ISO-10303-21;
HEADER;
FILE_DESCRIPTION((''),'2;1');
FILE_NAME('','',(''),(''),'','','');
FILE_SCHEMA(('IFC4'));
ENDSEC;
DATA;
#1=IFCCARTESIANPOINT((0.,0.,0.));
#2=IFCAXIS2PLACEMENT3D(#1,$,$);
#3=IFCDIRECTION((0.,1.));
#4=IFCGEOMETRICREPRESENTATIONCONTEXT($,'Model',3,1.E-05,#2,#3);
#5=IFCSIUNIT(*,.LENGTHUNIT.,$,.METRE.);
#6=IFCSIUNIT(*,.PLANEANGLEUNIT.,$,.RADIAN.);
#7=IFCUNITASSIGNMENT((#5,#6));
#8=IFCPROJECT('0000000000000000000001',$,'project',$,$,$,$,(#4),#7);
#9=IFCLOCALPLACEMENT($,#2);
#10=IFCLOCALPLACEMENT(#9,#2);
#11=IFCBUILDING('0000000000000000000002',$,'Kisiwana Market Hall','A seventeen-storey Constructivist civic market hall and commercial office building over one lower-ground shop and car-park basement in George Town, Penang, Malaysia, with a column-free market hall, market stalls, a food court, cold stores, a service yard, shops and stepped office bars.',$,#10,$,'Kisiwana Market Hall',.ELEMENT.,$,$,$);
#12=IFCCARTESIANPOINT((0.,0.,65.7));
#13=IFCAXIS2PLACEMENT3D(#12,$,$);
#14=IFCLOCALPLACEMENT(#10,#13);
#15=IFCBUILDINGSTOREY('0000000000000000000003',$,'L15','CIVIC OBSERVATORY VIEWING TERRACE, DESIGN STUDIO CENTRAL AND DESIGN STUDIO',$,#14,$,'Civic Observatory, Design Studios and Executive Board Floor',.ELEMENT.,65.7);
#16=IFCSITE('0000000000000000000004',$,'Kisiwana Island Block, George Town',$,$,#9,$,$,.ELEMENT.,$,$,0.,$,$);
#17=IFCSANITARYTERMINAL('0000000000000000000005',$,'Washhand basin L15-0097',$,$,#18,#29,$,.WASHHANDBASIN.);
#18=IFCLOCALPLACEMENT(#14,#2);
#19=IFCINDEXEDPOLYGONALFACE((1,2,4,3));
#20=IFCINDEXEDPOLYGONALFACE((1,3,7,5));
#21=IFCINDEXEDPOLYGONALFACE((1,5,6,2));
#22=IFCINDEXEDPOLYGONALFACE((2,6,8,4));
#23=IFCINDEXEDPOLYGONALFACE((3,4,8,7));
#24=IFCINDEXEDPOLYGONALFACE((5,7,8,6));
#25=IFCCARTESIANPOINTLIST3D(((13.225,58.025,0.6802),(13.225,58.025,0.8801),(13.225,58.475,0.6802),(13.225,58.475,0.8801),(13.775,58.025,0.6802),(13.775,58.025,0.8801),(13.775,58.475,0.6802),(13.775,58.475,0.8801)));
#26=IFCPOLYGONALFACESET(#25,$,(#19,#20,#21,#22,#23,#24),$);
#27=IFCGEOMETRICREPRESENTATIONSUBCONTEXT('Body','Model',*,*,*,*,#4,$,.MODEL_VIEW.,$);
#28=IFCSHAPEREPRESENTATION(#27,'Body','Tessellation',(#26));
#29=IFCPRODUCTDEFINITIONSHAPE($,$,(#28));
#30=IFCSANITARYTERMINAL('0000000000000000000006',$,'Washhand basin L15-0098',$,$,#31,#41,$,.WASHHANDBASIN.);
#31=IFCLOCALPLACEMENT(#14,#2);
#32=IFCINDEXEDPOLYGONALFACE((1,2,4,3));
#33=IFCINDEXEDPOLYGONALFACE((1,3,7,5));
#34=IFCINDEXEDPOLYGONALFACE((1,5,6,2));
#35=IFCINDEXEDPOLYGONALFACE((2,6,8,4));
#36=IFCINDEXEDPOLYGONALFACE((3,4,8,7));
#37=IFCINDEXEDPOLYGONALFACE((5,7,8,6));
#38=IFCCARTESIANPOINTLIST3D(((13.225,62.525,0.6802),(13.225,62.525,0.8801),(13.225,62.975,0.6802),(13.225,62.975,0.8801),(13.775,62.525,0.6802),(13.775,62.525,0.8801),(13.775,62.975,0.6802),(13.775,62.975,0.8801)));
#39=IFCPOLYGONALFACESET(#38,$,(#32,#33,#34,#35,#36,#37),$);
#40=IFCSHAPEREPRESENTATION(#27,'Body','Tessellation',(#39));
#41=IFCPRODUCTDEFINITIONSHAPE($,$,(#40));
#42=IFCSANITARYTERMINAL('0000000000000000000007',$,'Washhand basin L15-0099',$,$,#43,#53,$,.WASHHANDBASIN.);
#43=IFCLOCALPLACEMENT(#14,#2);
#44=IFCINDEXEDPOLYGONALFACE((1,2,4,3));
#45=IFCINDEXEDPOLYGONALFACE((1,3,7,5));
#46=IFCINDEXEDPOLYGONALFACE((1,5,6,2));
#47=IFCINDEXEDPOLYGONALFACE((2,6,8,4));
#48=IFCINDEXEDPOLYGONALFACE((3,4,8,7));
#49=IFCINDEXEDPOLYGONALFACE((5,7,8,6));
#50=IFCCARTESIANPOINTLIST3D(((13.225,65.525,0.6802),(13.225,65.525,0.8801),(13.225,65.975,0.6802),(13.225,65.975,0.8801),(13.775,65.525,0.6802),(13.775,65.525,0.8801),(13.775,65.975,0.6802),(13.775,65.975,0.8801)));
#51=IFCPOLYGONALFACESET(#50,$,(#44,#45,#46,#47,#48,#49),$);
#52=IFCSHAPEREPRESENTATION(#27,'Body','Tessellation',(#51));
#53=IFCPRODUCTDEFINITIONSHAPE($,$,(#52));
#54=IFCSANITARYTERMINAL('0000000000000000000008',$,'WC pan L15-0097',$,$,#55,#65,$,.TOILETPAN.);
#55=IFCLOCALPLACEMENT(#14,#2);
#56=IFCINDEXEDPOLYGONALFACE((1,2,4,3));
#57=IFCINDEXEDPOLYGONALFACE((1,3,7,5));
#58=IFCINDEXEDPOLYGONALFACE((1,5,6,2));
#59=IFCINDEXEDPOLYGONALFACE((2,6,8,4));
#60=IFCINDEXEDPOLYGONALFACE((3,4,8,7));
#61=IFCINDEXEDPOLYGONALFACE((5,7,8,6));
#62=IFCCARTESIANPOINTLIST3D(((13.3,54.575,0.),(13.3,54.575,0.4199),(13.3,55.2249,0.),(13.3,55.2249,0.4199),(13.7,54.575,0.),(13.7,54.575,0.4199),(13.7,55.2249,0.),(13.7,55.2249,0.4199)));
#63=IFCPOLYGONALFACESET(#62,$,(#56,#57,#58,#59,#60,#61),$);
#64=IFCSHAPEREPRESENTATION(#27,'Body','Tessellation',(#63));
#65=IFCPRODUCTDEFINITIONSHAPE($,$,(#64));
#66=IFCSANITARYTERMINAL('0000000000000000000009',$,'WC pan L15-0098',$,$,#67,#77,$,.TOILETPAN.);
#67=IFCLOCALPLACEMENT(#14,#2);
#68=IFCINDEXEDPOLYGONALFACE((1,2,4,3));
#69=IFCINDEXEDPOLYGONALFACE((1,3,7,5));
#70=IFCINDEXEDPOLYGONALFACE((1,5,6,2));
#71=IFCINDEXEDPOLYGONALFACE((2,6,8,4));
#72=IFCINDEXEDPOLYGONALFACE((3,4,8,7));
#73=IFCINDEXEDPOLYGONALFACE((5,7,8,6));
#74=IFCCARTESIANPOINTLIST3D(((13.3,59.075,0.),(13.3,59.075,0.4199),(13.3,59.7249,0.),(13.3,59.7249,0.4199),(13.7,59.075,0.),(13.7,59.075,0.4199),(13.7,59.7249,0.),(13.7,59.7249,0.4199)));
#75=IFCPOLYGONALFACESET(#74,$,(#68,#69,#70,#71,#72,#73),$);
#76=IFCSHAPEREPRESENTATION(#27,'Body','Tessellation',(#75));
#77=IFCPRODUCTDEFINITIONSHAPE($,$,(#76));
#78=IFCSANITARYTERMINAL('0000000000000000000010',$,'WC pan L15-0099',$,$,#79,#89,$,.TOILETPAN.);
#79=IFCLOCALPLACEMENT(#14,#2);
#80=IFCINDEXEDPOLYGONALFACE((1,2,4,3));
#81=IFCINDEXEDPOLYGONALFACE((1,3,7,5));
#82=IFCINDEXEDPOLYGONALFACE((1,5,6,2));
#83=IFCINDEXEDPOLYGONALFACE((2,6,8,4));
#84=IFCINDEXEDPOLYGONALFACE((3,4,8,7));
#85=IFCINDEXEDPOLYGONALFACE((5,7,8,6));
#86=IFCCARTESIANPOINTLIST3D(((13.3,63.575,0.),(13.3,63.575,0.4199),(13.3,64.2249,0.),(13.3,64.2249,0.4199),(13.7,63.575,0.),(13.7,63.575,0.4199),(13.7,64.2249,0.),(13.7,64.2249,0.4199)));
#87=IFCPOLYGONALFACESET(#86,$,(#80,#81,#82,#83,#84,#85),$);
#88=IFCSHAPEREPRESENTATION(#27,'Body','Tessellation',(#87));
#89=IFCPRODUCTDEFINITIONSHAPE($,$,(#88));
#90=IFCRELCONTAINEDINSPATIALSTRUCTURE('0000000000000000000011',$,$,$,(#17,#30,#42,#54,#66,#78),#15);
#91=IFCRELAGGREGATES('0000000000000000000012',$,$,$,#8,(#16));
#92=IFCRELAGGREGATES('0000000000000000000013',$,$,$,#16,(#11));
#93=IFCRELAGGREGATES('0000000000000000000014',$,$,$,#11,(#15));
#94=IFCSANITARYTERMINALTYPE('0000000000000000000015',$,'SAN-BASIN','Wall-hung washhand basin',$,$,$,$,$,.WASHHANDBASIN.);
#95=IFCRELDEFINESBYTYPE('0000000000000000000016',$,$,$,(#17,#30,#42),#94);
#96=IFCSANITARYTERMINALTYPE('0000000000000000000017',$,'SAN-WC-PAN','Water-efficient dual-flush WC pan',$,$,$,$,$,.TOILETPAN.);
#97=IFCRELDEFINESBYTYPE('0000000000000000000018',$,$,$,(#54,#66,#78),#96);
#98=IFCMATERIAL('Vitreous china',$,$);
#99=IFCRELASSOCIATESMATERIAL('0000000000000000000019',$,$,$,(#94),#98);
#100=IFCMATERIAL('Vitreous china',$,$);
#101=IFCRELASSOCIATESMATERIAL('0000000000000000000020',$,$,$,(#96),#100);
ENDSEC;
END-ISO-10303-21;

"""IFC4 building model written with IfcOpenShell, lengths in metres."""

from ifc_helpers import new_model, si_unit, direction, frame, origin, origin_2d, place, context, subcontext, project, spatial, rectangle, extrude, material, type_object, element, save


model = new_model("IFC4")

# Units and contexts
model_context = context("Model", 3, precision=1e-05, world=origin(), true_north=direction((0.0, 1.0)))
body_context = subcontext(model_context, "Body", "Model", "MODEL_VIEW")
ifc_project = project(units=[si_unit("LENGTHUNIT", "METRE"), si_unit("PLANEANGLEUNIT", "RADIAN")], contexts=[model_context])

# Site, building, storey
site_placement = place(None, origin())
site = spatial("IfcSite", under=ifc_project, at=site_placement, Name="Kisiwana Island Block, George Town", CompositionType="ELEMENT", RefElevation=0.0)
building_placement = place(site_placement, origin())
building = spatial("IfcBuilding", under=site, at=building_placement, Name="Kisiwana Market Hall", Description="A seventeen-storey Constructivist civic market hall and commercial office building over one lower-ground shop and car-park basement in George Town, Penang, Malaysia, with a column-free market hall, market stalls, a food court, cold stores, a service yard, shops and stepped office bars.", LongName="Kisiwana Market Hall", CompositionType="ELEMENT")
storey_placement = place(building_placement, frame((0.0, 0.0, 65.7)))
storey = spatial("IfcBuildingStorey", under=building, at=storey_placement, Name="L15", Description="CIVIC OBSERVATORY VIEWING TERRACE, DESIGN STUDIO CENTRAL AND DESIGN STUDIO", LongName="Civic Observatory, Design Studios and Executive Board Floor", CompositionType="ELEMENT", Elevation=65.7)

# Sanitary terminals
ifc_material_1 = material(Name="Vitreous china")
sanitary_terminal_type_1 = type_object("IfcSanitaryTerminalType", Name="SAN-BASIN", Description="Wall-hung washhand basin", PredefinedType="WASHHANDBASIN", material=ifc_material_1)
for number, where, z_axis, x_axis, name in (
    (1, (13.5, 58.25, 0.6802), (0.0, 0.0, 1.0), (1.0, 0.0, 0.0), "Washhand basin L15-0097"),
    (2, (13.5, 62.75, 0.6802), (0.0, 0.0, 1.0), (1.0, 0.0, 0.0), "Washhand basin L15-0098"),
    (3, (13.5, 65.75, 0.6802), (0.0, 0.0, 1.0), (1.0, 0.0, 0.0), "Washhand basin L15-0099"),
):
    element("IfcSanitaryTerminal", number, at=place(storey_placement, frame(where, z_axis=z_axis, x_axis=x_axis)), inside=storey, type_object=sanitary_terminal_type_1, Name=name, PredefinedType="WASHHANDBASIN", context=body_context, shape_type="SweptSolid", body=[
        extrude(rectangle(XDim=0.55, YDim=0.45, at=origin_2d()), origin(), (0.0, 0.0, 1.0), 0.2),
    ])
ifc_material_2 = material(Name="Vitreous china")
sanitary_terminal_type_2 = type_object("IfcSanitaryTerminalType", Name="SAN-WC-PAN", Description="Water-efficient dual-flush WC pan", PredefinedType="TOILETPAN", material=ifc_material_2)
for number, where, z_axis, x_axis, name in (
    (4, (13.5, 54.8999, 0.0), (0.0, 0.0, 1.0), (1.0, 0.0, 0.0), "WC pan L15-0097"),
    (5, (13.5, 59.3999, 0.0), (0.0, 0.0, 1.0), (1.0, 0.0, 0.0), "WC pan L15-0098"),
    (6, (13.5, 63.8999, 0.0), (0.0, 0.0, 1.0), (1.0, 0.0, 0.0), "WC pan L15-0099"),
):
    element("IfcSanitaryTerminal", number, at=place(storey_placement, frame(where, z_axis=z_axis, x_axis=x_axis)), inside=storey, type_object=sanitary_terminal_type_2, Name=name, PredefinedType="TOILETPAN", context=body_context, shape_type="SweptSolid", body=[
        extrude(rectangle(XDim=0.3999, YDim=0.6499, at=origin_2d()), origin(), (0.0, 0.0, 1.0), 0.4199),
    ])

save(model, "model.ifc")
